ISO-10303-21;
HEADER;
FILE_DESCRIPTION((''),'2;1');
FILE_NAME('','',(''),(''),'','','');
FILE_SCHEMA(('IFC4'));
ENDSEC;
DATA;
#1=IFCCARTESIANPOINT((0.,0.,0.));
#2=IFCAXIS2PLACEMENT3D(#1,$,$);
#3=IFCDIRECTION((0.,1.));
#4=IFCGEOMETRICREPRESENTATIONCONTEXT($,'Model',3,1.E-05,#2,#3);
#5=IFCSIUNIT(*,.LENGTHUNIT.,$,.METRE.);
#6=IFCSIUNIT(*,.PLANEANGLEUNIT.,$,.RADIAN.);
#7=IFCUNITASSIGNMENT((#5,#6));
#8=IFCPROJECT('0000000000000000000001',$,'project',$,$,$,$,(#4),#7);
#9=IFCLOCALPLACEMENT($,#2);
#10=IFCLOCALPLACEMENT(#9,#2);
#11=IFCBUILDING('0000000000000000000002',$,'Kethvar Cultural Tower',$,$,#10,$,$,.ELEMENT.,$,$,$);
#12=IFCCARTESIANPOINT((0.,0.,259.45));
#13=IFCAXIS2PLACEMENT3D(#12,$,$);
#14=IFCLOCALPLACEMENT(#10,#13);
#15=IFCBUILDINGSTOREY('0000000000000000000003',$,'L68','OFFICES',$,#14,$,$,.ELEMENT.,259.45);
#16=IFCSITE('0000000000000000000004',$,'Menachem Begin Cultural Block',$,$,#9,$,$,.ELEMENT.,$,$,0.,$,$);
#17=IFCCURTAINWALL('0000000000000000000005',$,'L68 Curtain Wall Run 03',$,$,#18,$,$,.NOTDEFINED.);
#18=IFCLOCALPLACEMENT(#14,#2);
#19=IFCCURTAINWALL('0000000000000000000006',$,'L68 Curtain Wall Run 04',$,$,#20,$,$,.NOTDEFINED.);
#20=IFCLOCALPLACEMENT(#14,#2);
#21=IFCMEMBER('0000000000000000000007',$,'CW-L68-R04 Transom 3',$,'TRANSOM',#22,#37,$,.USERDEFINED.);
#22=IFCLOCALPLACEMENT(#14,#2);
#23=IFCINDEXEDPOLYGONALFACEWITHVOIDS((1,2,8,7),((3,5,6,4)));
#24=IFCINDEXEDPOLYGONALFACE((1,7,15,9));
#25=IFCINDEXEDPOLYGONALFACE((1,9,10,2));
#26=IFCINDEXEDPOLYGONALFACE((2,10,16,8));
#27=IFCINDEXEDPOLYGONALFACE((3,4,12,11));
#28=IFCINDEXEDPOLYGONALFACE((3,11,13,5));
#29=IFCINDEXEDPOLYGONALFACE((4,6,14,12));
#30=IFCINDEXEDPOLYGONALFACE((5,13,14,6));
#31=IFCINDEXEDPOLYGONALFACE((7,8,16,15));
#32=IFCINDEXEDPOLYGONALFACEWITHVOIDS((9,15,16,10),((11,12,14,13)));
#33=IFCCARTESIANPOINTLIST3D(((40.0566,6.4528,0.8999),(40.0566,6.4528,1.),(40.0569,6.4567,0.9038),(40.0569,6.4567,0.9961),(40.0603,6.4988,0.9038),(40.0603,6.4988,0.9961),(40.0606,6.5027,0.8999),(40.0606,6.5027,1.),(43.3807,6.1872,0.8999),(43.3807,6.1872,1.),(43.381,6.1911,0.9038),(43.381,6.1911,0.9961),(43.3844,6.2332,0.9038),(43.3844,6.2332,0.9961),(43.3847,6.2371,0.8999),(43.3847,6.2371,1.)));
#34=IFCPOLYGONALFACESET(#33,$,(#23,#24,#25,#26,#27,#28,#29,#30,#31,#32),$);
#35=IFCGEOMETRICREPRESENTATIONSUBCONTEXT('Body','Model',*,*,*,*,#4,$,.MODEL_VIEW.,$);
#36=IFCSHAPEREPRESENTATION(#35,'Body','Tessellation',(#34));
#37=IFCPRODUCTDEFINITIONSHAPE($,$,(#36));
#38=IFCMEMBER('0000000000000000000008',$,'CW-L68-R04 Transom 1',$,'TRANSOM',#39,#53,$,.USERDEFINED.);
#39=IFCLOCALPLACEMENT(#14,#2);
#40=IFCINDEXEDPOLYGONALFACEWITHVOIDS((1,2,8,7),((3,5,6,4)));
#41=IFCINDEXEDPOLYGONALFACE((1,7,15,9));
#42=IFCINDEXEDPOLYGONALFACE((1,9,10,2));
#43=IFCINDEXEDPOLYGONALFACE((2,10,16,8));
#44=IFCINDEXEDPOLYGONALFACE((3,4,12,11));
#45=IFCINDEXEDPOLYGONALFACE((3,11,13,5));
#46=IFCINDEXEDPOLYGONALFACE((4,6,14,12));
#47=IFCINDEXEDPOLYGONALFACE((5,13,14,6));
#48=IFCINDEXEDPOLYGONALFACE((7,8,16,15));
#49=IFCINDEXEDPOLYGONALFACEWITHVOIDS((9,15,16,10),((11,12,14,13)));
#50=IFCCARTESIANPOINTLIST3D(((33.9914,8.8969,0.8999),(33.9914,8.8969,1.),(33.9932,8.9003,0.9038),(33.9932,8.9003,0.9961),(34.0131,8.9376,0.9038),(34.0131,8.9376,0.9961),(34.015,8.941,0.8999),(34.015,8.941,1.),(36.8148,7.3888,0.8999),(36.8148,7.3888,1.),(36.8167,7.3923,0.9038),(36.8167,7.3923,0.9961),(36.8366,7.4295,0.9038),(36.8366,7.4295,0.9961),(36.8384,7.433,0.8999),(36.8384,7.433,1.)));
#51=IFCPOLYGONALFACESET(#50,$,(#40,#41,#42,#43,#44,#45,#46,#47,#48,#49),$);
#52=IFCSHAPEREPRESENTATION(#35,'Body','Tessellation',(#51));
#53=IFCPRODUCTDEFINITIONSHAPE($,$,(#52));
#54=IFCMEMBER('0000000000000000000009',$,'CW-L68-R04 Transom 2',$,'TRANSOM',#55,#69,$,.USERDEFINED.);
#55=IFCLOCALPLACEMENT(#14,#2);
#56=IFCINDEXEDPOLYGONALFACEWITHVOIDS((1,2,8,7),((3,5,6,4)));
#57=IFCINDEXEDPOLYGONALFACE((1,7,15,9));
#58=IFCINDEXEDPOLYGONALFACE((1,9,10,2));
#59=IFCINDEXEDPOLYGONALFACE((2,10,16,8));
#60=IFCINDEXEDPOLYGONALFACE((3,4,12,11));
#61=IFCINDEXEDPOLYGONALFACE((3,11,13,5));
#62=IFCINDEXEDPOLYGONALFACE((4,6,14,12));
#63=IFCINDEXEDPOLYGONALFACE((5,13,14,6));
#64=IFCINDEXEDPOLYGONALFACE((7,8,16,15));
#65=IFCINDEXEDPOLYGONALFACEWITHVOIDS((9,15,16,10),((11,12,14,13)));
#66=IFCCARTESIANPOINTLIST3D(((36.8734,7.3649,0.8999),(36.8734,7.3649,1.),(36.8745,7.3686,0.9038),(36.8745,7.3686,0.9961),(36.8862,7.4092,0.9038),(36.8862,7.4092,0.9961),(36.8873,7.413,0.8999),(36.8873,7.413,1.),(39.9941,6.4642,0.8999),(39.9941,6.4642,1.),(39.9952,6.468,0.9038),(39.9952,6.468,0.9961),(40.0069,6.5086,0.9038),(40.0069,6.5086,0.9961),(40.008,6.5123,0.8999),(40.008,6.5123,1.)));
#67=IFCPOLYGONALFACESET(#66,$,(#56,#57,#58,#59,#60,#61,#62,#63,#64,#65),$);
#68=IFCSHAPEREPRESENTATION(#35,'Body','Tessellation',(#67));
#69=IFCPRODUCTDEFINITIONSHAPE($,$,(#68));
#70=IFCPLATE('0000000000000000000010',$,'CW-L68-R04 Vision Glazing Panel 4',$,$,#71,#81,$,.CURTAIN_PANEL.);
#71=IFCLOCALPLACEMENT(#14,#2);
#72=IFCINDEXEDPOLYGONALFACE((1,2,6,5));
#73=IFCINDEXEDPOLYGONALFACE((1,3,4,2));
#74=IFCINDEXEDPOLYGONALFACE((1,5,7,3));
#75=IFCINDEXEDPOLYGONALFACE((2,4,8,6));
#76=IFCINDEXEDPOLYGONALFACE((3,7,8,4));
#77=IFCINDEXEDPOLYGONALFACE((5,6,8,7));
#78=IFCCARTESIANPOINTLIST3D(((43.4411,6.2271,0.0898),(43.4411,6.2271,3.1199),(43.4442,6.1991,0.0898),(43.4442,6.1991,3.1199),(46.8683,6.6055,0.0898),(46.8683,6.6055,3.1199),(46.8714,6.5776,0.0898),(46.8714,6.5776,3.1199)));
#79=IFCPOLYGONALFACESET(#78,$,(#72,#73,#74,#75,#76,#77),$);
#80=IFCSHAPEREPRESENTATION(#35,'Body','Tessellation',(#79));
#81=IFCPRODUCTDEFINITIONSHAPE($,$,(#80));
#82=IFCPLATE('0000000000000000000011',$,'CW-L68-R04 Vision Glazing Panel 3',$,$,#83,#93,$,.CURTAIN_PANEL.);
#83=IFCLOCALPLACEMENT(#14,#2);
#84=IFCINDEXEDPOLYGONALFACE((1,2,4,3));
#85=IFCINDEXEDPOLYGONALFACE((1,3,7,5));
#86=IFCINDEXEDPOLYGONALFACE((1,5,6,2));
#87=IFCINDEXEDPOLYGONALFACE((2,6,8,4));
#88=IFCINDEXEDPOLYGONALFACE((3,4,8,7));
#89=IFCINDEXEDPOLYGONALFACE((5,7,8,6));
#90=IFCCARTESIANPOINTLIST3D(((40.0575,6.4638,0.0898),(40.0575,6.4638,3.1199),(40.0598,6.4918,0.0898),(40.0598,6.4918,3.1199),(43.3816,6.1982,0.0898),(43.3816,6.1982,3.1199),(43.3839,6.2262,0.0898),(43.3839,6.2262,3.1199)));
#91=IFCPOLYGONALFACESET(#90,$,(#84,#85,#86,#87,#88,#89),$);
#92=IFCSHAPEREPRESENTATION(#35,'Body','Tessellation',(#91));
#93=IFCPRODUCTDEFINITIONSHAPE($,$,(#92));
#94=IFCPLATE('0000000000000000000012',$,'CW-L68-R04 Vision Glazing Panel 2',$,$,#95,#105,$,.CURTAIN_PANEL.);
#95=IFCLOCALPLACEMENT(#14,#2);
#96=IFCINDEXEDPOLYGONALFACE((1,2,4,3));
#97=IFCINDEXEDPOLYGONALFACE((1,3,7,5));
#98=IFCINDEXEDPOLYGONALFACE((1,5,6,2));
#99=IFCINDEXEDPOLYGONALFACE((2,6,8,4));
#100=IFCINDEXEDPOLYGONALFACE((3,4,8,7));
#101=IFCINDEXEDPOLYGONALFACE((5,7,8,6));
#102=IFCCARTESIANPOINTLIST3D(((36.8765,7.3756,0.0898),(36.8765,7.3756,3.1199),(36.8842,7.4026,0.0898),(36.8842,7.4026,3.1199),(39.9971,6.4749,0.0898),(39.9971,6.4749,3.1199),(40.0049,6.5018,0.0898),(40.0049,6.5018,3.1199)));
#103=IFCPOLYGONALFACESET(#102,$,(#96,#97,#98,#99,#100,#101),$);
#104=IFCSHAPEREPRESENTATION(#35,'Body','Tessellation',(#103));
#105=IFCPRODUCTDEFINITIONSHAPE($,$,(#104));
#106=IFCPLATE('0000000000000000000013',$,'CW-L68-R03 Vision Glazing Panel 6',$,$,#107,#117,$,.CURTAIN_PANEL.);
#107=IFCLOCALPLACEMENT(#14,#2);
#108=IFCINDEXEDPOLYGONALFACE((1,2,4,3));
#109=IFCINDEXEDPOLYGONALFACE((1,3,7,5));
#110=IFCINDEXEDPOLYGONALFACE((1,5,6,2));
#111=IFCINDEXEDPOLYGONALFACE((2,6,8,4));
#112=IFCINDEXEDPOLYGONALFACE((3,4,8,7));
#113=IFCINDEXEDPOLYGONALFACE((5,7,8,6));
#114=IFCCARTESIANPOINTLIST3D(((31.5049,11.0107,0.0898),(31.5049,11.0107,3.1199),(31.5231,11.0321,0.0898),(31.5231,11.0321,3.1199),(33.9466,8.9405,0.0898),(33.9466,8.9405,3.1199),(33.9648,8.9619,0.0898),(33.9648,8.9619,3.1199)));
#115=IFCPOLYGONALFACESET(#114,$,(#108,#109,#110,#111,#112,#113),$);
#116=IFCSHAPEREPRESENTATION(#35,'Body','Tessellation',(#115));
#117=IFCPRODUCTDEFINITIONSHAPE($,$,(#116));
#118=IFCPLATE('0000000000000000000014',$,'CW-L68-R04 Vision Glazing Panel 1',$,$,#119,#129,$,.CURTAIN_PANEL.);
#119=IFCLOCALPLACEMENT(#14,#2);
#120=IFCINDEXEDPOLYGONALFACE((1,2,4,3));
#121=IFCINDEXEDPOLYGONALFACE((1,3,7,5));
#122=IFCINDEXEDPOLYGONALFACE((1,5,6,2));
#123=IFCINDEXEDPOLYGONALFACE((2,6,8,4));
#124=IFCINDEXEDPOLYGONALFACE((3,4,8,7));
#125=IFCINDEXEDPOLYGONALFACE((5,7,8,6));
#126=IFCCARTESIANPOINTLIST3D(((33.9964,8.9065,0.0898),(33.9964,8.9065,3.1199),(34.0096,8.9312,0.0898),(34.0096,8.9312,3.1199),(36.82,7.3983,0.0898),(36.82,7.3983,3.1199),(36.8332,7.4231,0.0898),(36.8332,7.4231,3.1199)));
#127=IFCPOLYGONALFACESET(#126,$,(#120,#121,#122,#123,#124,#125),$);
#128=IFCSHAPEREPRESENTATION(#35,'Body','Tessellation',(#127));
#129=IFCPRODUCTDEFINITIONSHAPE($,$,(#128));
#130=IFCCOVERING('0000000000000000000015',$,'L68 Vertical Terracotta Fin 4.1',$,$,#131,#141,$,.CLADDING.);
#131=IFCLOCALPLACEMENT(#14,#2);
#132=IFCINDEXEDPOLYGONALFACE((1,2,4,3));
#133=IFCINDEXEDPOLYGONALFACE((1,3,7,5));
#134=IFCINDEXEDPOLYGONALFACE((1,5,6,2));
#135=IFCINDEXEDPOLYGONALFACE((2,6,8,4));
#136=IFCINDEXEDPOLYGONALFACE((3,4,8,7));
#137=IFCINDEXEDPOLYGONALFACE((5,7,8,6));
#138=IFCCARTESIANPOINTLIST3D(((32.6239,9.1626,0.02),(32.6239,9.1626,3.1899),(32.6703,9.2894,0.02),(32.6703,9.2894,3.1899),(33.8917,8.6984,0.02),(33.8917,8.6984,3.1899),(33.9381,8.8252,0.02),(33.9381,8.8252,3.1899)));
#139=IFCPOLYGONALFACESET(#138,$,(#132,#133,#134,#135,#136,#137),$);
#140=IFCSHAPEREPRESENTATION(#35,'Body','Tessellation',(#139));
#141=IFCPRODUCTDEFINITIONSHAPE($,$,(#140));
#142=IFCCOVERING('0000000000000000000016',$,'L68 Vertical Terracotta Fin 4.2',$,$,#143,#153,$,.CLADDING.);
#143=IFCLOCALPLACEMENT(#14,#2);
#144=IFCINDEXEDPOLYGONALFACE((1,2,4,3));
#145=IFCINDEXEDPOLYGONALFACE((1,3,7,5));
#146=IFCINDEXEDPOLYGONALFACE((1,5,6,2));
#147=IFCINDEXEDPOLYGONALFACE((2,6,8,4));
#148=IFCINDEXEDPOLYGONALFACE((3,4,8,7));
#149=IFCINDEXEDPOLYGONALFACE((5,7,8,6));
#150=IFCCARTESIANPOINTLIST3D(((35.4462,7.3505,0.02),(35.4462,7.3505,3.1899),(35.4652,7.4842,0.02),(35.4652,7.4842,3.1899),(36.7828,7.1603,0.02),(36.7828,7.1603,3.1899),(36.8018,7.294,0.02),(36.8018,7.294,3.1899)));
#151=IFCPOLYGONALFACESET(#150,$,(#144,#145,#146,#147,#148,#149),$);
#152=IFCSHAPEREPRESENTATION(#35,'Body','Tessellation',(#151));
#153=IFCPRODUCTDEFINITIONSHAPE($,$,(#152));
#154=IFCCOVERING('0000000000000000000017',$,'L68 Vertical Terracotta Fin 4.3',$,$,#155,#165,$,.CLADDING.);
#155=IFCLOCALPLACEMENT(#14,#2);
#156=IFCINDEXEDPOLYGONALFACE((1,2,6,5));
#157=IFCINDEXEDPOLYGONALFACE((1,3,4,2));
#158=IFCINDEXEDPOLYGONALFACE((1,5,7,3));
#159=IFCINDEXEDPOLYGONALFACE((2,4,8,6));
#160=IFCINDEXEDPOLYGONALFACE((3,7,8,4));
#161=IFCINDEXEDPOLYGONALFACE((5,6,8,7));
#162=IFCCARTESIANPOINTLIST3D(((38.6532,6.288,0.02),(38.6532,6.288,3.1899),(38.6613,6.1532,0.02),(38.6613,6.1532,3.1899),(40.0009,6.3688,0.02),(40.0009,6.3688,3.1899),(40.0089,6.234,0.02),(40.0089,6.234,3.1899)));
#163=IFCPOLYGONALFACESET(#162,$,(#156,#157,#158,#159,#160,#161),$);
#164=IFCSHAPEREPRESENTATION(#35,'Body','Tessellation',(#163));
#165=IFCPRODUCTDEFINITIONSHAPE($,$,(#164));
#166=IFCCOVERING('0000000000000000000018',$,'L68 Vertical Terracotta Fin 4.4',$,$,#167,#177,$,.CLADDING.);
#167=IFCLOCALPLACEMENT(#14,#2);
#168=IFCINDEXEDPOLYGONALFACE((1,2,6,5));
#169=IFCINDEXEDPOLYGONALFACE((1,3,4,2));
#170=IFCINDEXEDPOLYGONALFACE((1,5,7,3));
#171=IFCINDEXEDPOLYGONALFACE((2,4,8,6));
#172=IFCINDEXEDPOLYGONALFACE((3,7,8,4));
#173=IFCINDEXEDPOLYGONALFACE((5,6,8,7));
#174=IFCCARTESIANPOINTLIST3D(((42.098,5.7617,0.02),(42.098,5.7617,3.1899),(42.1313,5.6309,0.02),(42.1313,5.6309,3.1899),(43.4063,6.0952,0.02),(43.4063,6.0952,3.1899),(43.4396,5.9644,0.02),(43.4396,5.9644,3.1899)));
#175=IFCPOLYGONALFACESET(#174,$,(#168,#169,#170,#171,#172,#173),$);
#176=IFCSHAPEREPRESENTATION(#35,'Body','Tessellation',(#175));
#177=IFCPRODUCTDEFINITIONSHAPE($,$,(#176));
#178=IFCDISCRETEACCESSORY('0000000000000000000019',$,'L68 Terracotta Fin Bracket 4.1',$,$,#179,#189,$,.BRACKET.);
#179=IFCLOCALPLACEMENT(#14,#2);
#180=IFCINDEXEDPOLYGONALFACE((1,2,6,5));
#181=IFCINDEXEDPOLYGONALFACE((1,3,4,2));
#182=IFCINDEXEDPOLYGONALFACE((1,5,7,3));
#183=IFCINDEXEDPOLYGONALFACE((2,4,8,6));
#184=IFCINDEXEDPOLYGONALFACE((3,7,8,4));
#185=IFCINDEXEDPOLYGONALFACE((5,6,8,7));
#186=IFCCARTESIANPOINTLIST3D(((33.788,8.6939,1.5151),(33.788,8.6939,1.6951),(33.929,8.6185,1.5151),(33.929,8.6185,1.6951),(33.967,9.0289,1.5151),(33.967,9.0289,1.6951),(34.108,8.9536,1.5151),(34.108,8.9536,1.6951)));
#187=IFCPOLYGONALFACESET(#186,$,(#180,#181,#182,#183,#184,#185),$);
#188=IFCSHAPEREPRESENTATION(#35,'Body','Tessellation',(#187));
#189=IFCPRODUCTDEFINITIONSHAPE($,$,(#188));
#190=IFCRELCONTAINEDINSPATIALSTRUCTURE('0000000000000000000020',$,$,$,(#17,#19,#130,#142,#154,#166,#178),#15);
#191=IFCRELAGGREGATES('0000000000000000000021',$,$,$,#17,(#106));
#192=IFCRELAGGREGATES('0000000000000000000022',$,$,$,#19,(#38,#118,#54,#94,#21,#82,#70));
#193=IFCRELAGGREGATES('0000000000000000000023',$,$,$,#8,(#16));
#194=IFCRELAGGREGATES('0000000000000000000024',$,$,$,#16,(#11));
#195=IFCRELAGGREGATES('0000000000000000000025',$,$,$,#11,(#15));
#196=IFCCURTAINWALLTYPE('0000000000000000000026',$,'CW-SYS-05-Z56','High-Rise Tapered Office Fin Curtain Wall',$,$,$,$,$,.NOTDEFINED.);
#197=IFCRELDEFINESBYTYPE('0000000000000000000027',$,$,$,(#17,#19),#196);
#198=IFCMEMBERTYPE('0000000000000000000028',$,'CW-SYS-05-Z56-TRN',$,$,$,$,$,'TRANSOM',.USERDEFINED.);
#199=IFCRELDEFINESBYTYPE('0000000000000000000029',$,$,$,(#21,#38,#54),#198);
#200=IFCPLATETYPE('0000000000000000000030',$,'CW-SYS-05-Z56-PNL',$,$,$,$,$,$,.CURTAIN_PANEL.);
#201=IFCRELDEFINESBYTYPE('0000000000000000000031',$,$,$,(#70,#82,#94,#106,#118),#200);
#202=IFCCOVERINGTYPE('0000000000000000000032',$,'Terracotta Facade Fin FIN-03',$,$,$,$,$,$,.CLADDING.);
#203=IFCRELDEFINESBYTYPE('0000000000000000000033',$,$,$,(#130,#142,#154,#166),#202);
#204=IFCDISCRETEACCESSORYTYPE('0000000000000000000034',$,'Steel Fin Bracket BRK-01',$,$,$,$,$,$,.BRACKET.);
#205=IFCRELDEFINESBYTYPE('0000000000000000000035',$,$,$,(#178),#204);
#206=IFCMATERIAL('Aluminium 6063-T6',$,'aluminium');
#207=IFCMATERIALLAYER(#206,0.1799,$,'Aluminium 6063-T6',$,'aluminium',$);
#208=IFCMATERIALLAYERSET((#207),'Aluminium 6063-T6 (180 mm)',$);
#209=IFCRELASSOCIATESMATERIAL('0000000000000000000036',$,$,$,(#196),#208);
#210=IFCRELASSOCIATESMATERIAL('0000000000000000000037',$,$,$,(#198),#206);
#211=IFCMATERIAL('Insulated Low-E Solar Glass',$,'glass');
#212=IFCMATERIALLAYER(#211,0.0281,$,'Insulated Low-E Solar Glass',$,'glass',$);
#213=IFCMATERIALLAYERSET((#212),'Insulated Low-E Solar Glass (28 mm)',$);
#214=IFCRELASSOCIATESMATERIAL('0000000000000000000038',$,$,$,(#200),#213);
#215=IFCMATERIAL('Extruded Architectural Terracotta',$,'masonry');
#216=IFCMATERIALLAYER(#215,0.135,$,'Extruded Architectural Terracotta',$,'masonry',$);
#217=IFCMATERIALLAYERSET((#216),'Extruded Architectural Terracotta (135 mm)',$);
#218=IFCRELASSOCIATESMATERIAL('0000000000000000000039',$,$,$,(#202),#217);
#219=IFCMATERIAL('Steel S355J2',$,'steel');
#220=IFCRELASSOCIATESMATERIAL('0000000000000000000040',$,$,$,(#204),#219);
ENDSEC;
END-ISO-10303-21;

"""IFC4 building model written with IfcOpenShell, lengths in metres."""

from ifc_helpers import new_model, si_unit, direction, frame, origin, origin_2d, place, context, subcontext, project, spatial, rectangle, hollow_rectangle, extrude, source, transform, mapped, material, layer, layer_set, material_profile, profile_set, type_object, element, aggregate, save


model = new_model("IFC4")

# Units and contexts
model_context = context("Model", 3, precision=1e-05, world=origin(), true_north=direction((0.0, 1.0)))
body_context = subcontext(model_context, "Body", "Model", "MODEL_VIEW")
ifc_project = project(units=[si_unit("LENGTHUNIT", "METRE"), si_unit("PLANEANGLEUNIT", "RADIAN")], contexts=[model_context])

# Site, building, storey
site_placement = place(None, origin())
site = spatial("IfcSite", under=ifc_project, at=site_placement, Name="Menachem Begin Cultural Block", CompositionType="ELEMENT", RefElevation=0.0)
building_placement = place(site_placement, origin())
building = spatial("IfcBuilding", under=site, at=building_placement, Name="Kethvar Cultural Tower", CompositionType="ELEMENT")
storey_placement = place(building_placement, frame((0.0, 0.0, 259.45)))
storey = spatial("IfcBuildingStorey", under=building, at=storey_placement, Name="L68", Description="OFFICES", CompositionType="ELEMENT", Elevation=259.45)

# Shared definitions
ifc_material_1 = material(Name="Steel S355J2", Category="steel")

# Curtain wall
ifc_material_2 = material(Name="Aluminium 6063-T6", Category="aluminium")
ifc_layer_1 = layer(ifc_material_2, 0.1799, Name="Aluminium 6063-T6", Category="aluminium")
ifc_layer_set_1 = layer_set([ifc_layer_1], Name="Aluminium 6063-T6 (180 mm)")
curtain_wall_type = type_object("IfcCurtainWallType", Name="CW-SYS-05-Z56", Description="High-Rise Tapered Office Fin Curtain Wall", PredefinedType="NOTDEFINED", material=ifc_layer_set_1)
curtain_wall_1_placement = place(storey_placement, origin())
curtain_wall_1 = element("IfcCurtainWall", 1, at=curtain_wall_1_placement, inside=storey, type_object=curtain_wall_type, Name="L68 Curtain Wall Run 03", PredefinedType="NOTDEFINED")

# Curtain wall, members, plates
curtain_wall_2_placement = place(storey_placement, origin())
curtain_wall_2 = element("IfcCurtainWall", 2, at=curtain_wall_2_placement, inside=storey, type_object=curtain_wall_type, Name="L68 Curtain Wall Run 04", PredefinedType="NOTDEFINED")
ifc_material_profile_1 = material_profile(ifc_material_2, hollow_rectangle(XDim=0.05, YDim=0.1001, WallThickness=0.0039, at=origin_2d()), Name="Aluminium 6063-T6 — RHS100x50x4")
ifc_profile_set_1 = profile_set([ifc_material_profile_1], Name="Aluminium 6063-T6 — RHS100x50x4")
member_type_1 = type_object("IfcMemberType", Name="CW-SYS-05-Z56-TRN", ElementType="TRANSOM", PredefinedType="USERDEFINED", material=ifc_profile_set_1)
shared_shape_1 = source(origin(), body_context, "Body", "SweptSolid", [
    extrude(hollow_rectangle(XDim=0.05, YDim=0.1001, WallThickness=0.0039, at=origin_2d()), origin(), (0.0, 0.0, 1.0), 3.3347),
])
member_1_placement = place(storey_placement, frame((40.0586, 6.4778, 0.95), z_axis=(0.996823, -0.079652, 0.0), x_axis=(0.079652, 0.996823, 0.0)))
member_1 = element("IfcMember", 3, at=member_1_placement, type_object=member_type_1, Name="CW-L68-R04 Transom 3", ObjectType="TRANSOM", PredefinedType="USERDEFINED", context=body_context, shape_type="MappedRepresentation", body=[
    mapped(shared_shape_1, transform((0.0, 0.0, 0.0), scale=1.0)),
])
shared_shape_2 = source(origin(), body_context, "Body", "SweptSolid", [
    extrude(hollow_rectangle(XDim=0.05, YDim=0.1001, WallThickness=0.0039, at=origin_2d()), origin(), (0.0, 0.0, 1.0), 3.2009),
])
member_2_placement = place(storey_placement, frame((34.0032, 8.9189, 0.95), z_axis=(0.882068, -0.471123, 0.0), x_axis=(0.471123, 0.882068, 0.0)))
member_2 = element("IfcMember", 4, at=member_2_placement, type_object=member_type_1, Name="CW-L68-R04 Transom 1", ObjectType="TRANSOM", PredefinedType="USERDEFINED", context=body_context, shape_type="MappedRepresentation", body=[
    mapped(shared_shape_2, transform((0.0, 0.0, 0.0), scale=1.0)),
])
shared_shape_3 = source(origin(), body_context, "Body", "SweptSolid", [
    extrude(hollow_rectangle(XDim=0.05, YDim=0.1001, WallThickness=0.0039, at=origin_2d()), origin(), (0.0, 0.0, 1.0), 3.248),
])
member_3_placement = place(storey_placement, frame((36.8804, 7.3889, 0.95), z_axis=(0.960786, -0.277291, 0.0), x_axis=(0.277291, 0.960786, 0.0)))
member_3 = element("IfcMember", 5, at=member_3_placement, type_object=member_type_1, Name="CW-L68-R04 Transom 2", ObjectType="TRANSOM", PredefinedType="USERDEFINED", context=body_context, shape_type="MappedRepresentation", body=[
    mapped(shared_shape_3, transform((0.0, 0.0, 0.0), scale=1.0)),
])
ifc_material_3 = material(Name="Insulated Low-E Solar Glass", Category="glass")
ifc_layer_2 = layer(ifc_material_3, 0.0281, Name="Insulated Low-E Solar Glass", Category="glass")
ifc_layer_set_2 = layer_set([ifc_layer_2], Name="Insulated Low-E Solar Glass (28 mm)")
plate_type = type_object("IfcPlateType", Name="CW-SYS-05-Z56-PNL", PredefinedType="CURTAIN_PANEL", material=ifc_layer_set_2)
shared_shape_4 = source(origin(), body_context, "Body", "SweptSolid", [
    extrude(rectangle(XDim=3.448, YDim=0.0281, at=origin_2d()), origin(), (0.0, 0.0, 1.0), 3.03),
])
plate_1_placement = place(storey_placement, frame((45.1562, 6.4023, 0.0898), z_axis=(0.0, 0.0, 1.0), x_axis=(0.993957, 0.109769, 0.0)))
plate_1 = element("IfcPlate", 6, at=plate_1_placement, type_object=plate_type, Name="CW-L68-R04 Vision Glazing Panel 4", PredefinedType="CURTAIN_PANEL", context=body_context, shape_type="MappedRepresentation", body=[
    mapped(shared_shape_4, transform((0.0, 0.0, 0.0), scale=1.0)),
])
shared_shape_5 = source(origin(), body_context, "Body", "SweptSolid", [
    extrude(rectangle(XDim=3.3347, YDim=0.0281, at=origin_2d()), origin(), (0.0, 0.0, 1.0), 3.03),
])
plate_2_placement = place(storey_placement, frame((41.7207, 6.345, 0.0898), z_axis=(0.0, 0.0, 1.0), x_axis=(0.996824, -0.079642, 0.0)))
plate_2 = element("IfcPlate", 7, at=plate_2_placement, type_object=plate_type, Name="CW-L68-R04 Vision Glazing Panel 3", PredefinedType="CURTAIN_PANEL", context=body_context, shape_type="MappedRepresentation", body=[
    mapped(shared_shape_5, transform((0.0, 0.0, 0.0), scale=1.0)),
])
shared_shape_6 = source(origin(), body_context, "Body", "SweptSolid", [
    extrude(rectangle(XDim=3.248, YDim=0.0281, at=origin_2d()), origin(), (0.0, 0.0, 1.0), 3.03),
])
plate_3_placement = place(storey_placement, frame((38.4407, 6.9387, 0.0898), z_axis=(0.0, 0.0, 1.0), x_axis=(0.960779, -0.277315, 0.0)))
plate_3 = element("IfcPlate", 8, at=plate_3_placement, type_object=plate_type, Name="CW-L68-R04 Vision Glazing Panel 2", PredefinedType="CURTAIN_PANEL", context=body_context, shape_type="MappedRepresentation", body=[
    mapped(shared_shape_6, transform((0.0, 0.0, 0.0), scale=1.0)),
])

# Plates
shared_shape_7 = source(origin(), body_context, "Body", "SweptSolid", [
    extrude(rectangle(XDim=3.2012, YDim=0.0281, at=origin_2d()), origin(), (0.0, 0.0, 1.0), 3.03),
])
plate_4_placement = place(storey_placement, frame((32.7349, 9.9863, 0.0898), z_axis=(0.0, 0.0, 1.0), x_axis=(0.762747, -0.646697, 0.0)))
plate_4 = element("IfcPlate", 9, at=plate_4_placement, type_object=plate_type, Name="CW-L68-R03 Vision Glazing Panel 6", PredefinedType="CURTAIN_PANEL", context=body_context, shape_type="MappedRepresentation", body=[
    mapped(shared_shape_7, transform((0.0, 0.0, 0.0), scale=1.0)),
])
aggregate(curtain_wall_1, [plate_4])
plate_5_placement = place(storey_placement, frame((35.4148, 8.1648, 0.0898), z_axis=(0.0, 0.0, 1.0), x_axis=(0.882069, -0.47112, 0.0)))
plate_5 = element("IfcPlate", 10, at=plate_5_placement, type_object=plate_type, Name="CW-L68-R04 Vision Glazing Panel 1", PredefinedType="CURTAIN_PANEL", context=body_context, shape_type="MappedRepresentation", body=[
    mapped(shared_shape_7, transform((0.0, 0.0, 0.0), scale=1.0)),
])
aggregate(curtain_wall_2, [member_2, plate_5, member_3, plate_3, member_1, plate_2, plate_1])

# Coverings
ifc_material_4 = material(Name="Extruded Architectural Terracotta", Category="masonry")
ifc_layer_3 = layer(ifc_material_4, 0.135, Name="Extruded Architectural Terracotta", Category="masonry")
ifc_layer_set_3 = layer_set([ifc_layer_3], Name="Extruded Architectural Terracotta (135 mm)")
covering_type = type_object("IfcCoveringType", Name="Terracotta Facade Fin FIN-03", PredefinedType="CLADDING", material=ifc_layer_set_3)
shared_shape_8 = source(origin(), body_context, "Body", "SweptSolid", [
    extrude(rectangle(XDim=1.3501, YDim=0.135, at=origin_2d()), origin(), (0.0, 0.0, 1.0), 3.1699),
])
for number, where, z_axis, x_axis, name in (
    (11, (33.281, 8.9939, 0.02), (0.0, 0.0, 1.0), (-0.939034, 0.343824, 0.0), "L68 Vertical Terracotta Fin 4.1"),
    (12, (36.124, 7.3223, 0.02), (0.0, 0.0, 1.0), (-0.990024, 0.140901, 0.0), "L68 Vertical Terracotta Fin 4.2"),
    (13, (39.3311, 6.261, 0.02), (0.0, 0.0, 1.0), (-0.998209, -0.059829, 0.0), "L68 Vertical Terracotta Fin 4.3"),
    (14, (42.7688, 5.863, 0.02), (0.0, 0.0, 1.0), (-0.969016, -0.246999, 0.0), "L68 Vertical Terracotta Fin 4.4"),
):
    element("IfcCovering", number, at=place(storey_placement, frame(where, z_axis=z_axis, x_axis=x_axis)), inside=storey, type_object=covering_type, Name=name, PredefinedType="CLADDING", context=body_context, shape_type="MappedRepresentation", body=[
        mapped(shared_shape_8, transform((0.0, 0.0, 0.0), scale=1.0)),
    ])

# Discrete accessory
discrete_accessory_type = type_object("IfcDiscreteAccessoryType", Name="Steel Fin Bracket BRK-01", PredefinedType="BRACKET", material=ifc_material_1)
shared_shape_9 = source(origin(), body_context, "Body", "SweptSolid", [
    extrude(rectangle(XDim=0.3799, YDim=0.1599, at=origin_2d()), origin(), (0.0, 0.0, 1.0), 0.1799),
])
for number, where, z_axis, x_axis, name in (
    (15, (33.948, 8.8237, 1.5151), (0.0, 0.0, 1.0), (-0.471166, -0.882045, 0.0), "L68 Terracotta Fin Bracket 4.1"),
):
    element("IfcDiscreteAccessory", number, at=place(storey_placement, frame(where, z_axis=z_axis, x_axis=x_axis)), inside=storey, type_object=discrete_accessory_type, Name=name, PredefinedType="BRACKET", context=body_context, shape_type="MappedRepresentation", body=[
        mapped(shared_shape_9, transform((0.0, 0.0, 0.0), scale=1.0)),
    ])

save(model, "model.ifc")
